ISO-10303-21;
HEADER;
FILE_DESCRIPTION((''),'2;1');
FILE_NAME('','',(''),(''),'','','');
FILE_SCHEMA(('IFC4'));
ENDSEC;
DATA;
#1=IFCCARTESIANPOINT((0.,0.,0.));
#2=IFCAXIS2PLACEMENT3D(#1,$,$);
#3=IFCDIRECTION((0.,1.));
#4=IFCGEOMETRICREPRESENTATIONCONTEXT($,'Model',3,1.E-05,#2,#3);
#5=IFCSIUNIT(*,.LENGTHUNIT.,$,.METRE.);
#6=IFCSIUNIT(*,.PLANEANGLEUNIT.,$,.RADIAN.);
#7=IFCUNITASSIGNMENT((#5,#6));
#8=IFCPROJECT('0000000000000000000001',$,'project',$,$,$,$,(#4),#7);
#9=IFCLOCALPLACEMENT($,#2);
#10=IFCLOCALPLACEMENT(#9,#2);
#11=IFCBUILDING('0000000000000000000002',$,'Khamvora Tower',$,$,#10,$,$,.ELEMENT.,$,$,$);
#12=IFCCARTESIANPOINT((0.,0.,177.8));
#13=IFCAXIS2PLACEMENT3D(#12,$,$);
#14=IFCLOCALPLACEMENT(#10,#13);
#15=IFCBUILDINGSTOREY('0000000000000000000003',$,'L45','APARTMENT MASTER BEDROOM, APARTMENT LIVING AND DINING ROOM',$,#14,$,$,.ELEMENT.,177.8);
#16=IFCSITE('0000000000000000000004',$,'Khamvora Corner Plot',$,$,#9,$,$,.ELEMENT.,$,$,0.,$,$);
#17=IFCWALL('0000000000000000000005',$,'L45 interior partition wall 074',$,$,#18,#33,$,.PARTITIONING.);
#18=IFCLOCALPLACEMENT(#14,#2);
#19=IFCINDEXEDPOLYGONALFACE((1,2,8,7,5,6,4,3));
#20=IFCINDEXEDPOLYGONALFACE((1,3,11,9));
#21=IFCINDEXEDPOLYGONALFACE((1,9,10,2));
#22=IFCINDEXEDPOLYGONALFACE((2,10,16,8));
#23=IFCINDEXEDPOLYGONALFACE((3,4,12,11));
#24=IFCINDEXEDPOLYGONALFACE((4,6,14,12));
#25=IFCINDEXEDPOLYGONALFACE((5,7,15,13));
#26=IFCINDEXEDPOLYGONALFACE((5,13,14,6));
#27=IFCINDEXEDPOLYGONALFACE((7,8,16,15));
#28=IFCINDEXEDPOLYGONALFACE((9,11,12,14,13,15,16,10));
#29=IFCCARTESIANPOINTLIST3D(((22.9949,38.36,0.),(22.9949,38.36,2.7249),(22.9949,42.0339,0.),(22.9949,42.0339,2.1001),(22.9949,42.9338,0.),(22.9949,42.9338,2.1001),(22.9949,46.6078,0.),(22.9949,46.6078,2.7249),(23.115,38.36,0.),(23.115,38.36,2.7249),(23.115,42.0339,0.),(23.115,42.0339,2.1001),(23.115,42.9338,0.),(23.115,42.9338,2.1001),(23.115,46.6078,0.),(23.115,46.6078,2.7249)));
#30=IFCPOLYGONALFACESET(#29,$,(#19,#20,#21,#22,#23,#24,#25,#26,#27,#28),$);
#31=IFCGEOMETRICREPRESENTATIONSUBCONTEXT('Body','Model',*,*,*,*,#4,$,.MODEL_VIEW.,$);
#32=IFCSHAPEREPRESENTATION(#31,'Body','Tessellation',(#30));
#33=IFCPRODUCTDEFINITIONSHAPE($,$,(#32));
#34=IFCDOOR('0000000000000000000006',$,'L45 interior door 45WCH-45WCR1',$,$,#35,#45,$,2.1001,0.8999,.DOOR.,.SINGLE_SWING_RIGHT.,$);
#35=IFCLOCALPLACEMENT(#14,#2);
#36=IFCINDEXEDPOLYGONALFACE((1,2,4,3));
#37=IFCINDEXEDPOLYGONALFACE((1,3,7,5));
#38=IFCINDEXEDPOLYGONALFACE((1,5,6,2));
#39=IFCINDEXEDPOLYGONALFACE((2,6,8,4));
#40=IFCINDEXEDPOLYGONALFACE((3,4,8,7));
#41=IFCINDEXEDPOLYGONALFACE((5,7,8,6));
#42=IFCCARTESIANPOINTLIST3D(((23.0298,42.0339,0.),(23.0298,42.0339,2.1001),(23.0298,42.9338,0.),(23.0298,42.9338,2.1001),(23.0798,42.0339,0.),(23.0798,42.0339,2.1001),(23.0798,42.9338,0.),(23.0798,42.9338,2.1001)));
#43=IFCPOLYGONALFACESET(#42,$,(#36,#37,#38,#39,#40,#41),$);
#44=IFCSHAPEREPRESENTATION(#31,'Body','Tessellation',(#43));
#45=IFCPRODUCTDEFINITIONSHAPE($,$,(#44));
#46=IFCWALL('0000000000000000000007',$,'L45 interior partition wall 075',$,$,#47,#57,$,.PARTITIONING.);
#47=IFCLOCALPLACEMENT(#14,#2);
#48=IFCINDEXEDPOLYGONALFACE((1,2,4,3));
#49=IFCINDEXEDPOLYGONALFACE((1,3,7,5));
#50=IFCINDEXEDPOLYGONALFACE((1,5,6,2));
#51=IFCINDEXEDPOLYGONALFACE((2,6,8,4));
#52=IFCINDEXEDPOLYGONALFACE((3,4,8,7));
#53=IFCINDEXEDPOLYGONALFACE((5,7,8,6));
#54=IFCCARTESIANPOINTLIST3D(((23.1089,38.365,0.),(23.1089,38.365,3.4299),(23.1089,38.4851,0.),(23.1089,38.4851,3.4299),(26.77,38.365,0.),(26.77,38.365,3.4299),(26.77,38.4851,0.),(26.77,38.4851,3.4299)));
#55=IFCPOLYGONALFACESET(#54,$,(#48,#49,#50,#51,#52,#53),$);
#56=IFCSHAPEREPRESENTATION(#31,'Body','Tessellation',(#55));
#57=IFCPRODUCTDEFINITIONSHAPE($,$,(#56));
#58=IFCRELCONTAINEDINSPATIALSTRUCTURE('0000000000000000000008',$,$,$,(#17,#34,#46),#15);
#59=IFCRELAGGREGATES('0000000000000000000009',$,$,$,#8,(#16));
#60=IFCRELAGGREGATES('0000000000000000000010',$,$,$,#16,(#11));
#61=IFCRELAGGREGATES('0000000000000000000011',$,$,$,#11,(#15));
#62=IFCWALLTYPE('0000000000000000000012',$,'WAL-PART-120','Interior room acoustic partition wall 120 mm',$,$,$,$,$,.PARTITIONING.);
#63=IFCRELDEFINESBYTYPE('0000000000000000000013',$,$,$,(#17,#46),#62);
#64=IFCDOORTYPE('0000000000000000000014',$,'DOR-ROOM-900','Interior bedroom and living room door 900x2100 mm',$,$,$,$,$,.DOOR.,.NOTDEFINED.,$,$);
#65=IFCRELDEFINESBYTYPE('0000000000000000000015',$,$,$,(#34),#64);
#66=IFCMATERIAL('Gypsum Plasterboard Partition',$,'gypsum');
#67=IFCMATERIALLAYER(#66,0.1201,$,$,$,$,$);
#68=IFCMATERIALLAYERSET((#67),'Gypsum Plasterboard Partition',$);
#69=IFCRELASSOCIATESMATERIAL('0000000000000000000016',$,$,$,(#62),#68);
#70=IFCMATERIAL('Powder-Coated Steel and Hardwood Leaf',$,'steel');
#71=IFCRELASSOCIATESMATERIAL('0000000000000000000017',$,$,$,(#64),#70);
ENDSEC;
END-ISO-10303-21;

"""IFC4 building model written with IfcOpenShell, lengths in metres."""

from ifc_helpers import new_model, si_unit, direction, frame, frame_2d, origin, place, context, subcontext, project, spatial, rectangle, extrude, material, layer, layer_set, type_object, element, fill, save


model = new_model("IFC4")

# Units and contexts
model_context = context("Model", 3, precision=1e-05, world=origin(), true_north=direction((0.0, 1.0)))
body_context = subcontext(model_context, "Body", "Model", "MODEL_VIEW")
ifc_project = project(units=[si_unit("LENGTHUNIT", "METRE"), si_unit("PLANEANGLEUNIT", "RADIAN")], contexts=[model_context])

# Site, building, storey
site_placement = place(None, origin())
site = spatial("IfcSite", under=ifc_project, at=site_placement, Name="Khamvora Corner Plot", CompositionType="ELEMENT", RefElevation=0.0)
building_placement = place(site_placement, origin())
building = spatial("IfcBuilding", under=site, at=building_placement, Name="Khamvora Tower", CompositionType="ELEMENT")
storey_placement = place(building_placement, frame((0.0, 0.0, 177.8)))
storey = spatial("IfcBuildingStorey", under=building, at=storey_placement, Name="L45", Description="APARTMENT MASTER BEDROOM, APARTMENT LIVING AND DINING ROOM", CompositionType="ELEMENT", Elevation=177.8)

# Shared definitions
ifc_material_1 = material(Name="Gypsum Plasterboard Partition", Category="gypsum")
ifc_layer_1 = layer(ifc_material_1, 0.1201)
ifc_layer_set_1 = layer_set([ifc_layer_1], Name="Gypsum Plasterboard Partition")
wall_type_1 = type_object("IfcWallType", Name="WAL-PART-120", Description="Interior room acoustic partition wall 120 mm", PredefinedType="PARTITIONING", material=ifc_layer_set_1)

# Wall, opening, door
ifc_material_2 = material(Name="Powder-Coated Steel and Hardwood Leaf", Category="steel")
door_type = type_object("IfcDoorType", Name="DOR-ROOM-900", Description="Interior bedroom and living room door 900x2100 mm", OperationType="NOTDEFINED", PredefinedType="DOOR", material=ifc_material_2)
wall_1_placement = place(storey_placement, frame((23.0549, 46.6079, 0.0), z_axis=(0.0, 0.0, 1.0), x_axis=(0.0, -1.0, 0.0)))
wall_1 = element("IfcWall", 1, at=wall_1_placement, inside=storey, type_object=wall_type_1, Name="L45 interior partition wall 074", PredefinedType="PARTITIONING", context=body_context, shape_type="SweptSolid", body=[
    extrude(rectangle(XDim=8.2478, YDim=0.1201, at=frame_2d((4.124, 0.0))), origin(), (0.0, 0.0, 1.0), 2.7249),
])
opening_1_placement = place(wall_1_placement, frame((3.6741, 0.0, 0.0)))
opening_1 = element("IfcOpeningElement", 2, at=opening_1_placement, cuts=wall_1, PredefinedType="OPENING", context=body_context, shape_type="SweptSolid", body=[
    extrude(rectangle(XDim=0.8999, YDim=2.1001, at=frame_2d((0.45, 1.05))), frame((0.0, 0.0701, 0.0), z_axis=(0.0, -1.0, 0.0), x_axis=(1.0, 0.0, 0.0)), (0.0, 0.0, 1.0), 0.1401),
])
door_1_placement = place(opening_1_placement, origin())
door_1 = element("IfcDoor", 3, at=door_1_placement, inside=storey, type_object=door_type, Name="L45 interior door 45WCH-45WCR1", OperationType="SINGLE_SWING_RIGHT", OverallHeight=2.1001, OverallWidth=0.8999, PredefinedType="DOOR", context=body_context, shape_type="SweptSolid", body=[
    extrude(rectangle(XDim=0.8999, YDim=2.1001, at=frame_2d((0.45, 1.05))), frame((0.0, 0.0249, 0.0), z_axis=(0.0, -1.0, 0.0), x_axis=(1.0, 0.0, 0.0)), (0.0, 0.0, 1.0), 0.05),
])
fill(opening_1, door_1)

# Wall
wall_2_placement = place(storey_placement, frame((23.1089, 38.425, 0.0), z_axis=(0.0, 0.0, 1.0), x_axis=(1.0, 0.0, 0.0)))
element("IfcWall", 4, at=wall_2_placement, inside=storey, type_object=wall_type_1, Name="L45 interior partition wall 075", PredefinedType="PARTITIONING", context=body_context, shape_type="SweptSolid", body=[
    extrude(rectangle(XDim=3.6611, YDim=0.1201, at=frame_2d((1.8306, 0.0))), origin(), (0.0, 0.0, 1.0), 3.4299),
])

save(model, "model.ifc")
